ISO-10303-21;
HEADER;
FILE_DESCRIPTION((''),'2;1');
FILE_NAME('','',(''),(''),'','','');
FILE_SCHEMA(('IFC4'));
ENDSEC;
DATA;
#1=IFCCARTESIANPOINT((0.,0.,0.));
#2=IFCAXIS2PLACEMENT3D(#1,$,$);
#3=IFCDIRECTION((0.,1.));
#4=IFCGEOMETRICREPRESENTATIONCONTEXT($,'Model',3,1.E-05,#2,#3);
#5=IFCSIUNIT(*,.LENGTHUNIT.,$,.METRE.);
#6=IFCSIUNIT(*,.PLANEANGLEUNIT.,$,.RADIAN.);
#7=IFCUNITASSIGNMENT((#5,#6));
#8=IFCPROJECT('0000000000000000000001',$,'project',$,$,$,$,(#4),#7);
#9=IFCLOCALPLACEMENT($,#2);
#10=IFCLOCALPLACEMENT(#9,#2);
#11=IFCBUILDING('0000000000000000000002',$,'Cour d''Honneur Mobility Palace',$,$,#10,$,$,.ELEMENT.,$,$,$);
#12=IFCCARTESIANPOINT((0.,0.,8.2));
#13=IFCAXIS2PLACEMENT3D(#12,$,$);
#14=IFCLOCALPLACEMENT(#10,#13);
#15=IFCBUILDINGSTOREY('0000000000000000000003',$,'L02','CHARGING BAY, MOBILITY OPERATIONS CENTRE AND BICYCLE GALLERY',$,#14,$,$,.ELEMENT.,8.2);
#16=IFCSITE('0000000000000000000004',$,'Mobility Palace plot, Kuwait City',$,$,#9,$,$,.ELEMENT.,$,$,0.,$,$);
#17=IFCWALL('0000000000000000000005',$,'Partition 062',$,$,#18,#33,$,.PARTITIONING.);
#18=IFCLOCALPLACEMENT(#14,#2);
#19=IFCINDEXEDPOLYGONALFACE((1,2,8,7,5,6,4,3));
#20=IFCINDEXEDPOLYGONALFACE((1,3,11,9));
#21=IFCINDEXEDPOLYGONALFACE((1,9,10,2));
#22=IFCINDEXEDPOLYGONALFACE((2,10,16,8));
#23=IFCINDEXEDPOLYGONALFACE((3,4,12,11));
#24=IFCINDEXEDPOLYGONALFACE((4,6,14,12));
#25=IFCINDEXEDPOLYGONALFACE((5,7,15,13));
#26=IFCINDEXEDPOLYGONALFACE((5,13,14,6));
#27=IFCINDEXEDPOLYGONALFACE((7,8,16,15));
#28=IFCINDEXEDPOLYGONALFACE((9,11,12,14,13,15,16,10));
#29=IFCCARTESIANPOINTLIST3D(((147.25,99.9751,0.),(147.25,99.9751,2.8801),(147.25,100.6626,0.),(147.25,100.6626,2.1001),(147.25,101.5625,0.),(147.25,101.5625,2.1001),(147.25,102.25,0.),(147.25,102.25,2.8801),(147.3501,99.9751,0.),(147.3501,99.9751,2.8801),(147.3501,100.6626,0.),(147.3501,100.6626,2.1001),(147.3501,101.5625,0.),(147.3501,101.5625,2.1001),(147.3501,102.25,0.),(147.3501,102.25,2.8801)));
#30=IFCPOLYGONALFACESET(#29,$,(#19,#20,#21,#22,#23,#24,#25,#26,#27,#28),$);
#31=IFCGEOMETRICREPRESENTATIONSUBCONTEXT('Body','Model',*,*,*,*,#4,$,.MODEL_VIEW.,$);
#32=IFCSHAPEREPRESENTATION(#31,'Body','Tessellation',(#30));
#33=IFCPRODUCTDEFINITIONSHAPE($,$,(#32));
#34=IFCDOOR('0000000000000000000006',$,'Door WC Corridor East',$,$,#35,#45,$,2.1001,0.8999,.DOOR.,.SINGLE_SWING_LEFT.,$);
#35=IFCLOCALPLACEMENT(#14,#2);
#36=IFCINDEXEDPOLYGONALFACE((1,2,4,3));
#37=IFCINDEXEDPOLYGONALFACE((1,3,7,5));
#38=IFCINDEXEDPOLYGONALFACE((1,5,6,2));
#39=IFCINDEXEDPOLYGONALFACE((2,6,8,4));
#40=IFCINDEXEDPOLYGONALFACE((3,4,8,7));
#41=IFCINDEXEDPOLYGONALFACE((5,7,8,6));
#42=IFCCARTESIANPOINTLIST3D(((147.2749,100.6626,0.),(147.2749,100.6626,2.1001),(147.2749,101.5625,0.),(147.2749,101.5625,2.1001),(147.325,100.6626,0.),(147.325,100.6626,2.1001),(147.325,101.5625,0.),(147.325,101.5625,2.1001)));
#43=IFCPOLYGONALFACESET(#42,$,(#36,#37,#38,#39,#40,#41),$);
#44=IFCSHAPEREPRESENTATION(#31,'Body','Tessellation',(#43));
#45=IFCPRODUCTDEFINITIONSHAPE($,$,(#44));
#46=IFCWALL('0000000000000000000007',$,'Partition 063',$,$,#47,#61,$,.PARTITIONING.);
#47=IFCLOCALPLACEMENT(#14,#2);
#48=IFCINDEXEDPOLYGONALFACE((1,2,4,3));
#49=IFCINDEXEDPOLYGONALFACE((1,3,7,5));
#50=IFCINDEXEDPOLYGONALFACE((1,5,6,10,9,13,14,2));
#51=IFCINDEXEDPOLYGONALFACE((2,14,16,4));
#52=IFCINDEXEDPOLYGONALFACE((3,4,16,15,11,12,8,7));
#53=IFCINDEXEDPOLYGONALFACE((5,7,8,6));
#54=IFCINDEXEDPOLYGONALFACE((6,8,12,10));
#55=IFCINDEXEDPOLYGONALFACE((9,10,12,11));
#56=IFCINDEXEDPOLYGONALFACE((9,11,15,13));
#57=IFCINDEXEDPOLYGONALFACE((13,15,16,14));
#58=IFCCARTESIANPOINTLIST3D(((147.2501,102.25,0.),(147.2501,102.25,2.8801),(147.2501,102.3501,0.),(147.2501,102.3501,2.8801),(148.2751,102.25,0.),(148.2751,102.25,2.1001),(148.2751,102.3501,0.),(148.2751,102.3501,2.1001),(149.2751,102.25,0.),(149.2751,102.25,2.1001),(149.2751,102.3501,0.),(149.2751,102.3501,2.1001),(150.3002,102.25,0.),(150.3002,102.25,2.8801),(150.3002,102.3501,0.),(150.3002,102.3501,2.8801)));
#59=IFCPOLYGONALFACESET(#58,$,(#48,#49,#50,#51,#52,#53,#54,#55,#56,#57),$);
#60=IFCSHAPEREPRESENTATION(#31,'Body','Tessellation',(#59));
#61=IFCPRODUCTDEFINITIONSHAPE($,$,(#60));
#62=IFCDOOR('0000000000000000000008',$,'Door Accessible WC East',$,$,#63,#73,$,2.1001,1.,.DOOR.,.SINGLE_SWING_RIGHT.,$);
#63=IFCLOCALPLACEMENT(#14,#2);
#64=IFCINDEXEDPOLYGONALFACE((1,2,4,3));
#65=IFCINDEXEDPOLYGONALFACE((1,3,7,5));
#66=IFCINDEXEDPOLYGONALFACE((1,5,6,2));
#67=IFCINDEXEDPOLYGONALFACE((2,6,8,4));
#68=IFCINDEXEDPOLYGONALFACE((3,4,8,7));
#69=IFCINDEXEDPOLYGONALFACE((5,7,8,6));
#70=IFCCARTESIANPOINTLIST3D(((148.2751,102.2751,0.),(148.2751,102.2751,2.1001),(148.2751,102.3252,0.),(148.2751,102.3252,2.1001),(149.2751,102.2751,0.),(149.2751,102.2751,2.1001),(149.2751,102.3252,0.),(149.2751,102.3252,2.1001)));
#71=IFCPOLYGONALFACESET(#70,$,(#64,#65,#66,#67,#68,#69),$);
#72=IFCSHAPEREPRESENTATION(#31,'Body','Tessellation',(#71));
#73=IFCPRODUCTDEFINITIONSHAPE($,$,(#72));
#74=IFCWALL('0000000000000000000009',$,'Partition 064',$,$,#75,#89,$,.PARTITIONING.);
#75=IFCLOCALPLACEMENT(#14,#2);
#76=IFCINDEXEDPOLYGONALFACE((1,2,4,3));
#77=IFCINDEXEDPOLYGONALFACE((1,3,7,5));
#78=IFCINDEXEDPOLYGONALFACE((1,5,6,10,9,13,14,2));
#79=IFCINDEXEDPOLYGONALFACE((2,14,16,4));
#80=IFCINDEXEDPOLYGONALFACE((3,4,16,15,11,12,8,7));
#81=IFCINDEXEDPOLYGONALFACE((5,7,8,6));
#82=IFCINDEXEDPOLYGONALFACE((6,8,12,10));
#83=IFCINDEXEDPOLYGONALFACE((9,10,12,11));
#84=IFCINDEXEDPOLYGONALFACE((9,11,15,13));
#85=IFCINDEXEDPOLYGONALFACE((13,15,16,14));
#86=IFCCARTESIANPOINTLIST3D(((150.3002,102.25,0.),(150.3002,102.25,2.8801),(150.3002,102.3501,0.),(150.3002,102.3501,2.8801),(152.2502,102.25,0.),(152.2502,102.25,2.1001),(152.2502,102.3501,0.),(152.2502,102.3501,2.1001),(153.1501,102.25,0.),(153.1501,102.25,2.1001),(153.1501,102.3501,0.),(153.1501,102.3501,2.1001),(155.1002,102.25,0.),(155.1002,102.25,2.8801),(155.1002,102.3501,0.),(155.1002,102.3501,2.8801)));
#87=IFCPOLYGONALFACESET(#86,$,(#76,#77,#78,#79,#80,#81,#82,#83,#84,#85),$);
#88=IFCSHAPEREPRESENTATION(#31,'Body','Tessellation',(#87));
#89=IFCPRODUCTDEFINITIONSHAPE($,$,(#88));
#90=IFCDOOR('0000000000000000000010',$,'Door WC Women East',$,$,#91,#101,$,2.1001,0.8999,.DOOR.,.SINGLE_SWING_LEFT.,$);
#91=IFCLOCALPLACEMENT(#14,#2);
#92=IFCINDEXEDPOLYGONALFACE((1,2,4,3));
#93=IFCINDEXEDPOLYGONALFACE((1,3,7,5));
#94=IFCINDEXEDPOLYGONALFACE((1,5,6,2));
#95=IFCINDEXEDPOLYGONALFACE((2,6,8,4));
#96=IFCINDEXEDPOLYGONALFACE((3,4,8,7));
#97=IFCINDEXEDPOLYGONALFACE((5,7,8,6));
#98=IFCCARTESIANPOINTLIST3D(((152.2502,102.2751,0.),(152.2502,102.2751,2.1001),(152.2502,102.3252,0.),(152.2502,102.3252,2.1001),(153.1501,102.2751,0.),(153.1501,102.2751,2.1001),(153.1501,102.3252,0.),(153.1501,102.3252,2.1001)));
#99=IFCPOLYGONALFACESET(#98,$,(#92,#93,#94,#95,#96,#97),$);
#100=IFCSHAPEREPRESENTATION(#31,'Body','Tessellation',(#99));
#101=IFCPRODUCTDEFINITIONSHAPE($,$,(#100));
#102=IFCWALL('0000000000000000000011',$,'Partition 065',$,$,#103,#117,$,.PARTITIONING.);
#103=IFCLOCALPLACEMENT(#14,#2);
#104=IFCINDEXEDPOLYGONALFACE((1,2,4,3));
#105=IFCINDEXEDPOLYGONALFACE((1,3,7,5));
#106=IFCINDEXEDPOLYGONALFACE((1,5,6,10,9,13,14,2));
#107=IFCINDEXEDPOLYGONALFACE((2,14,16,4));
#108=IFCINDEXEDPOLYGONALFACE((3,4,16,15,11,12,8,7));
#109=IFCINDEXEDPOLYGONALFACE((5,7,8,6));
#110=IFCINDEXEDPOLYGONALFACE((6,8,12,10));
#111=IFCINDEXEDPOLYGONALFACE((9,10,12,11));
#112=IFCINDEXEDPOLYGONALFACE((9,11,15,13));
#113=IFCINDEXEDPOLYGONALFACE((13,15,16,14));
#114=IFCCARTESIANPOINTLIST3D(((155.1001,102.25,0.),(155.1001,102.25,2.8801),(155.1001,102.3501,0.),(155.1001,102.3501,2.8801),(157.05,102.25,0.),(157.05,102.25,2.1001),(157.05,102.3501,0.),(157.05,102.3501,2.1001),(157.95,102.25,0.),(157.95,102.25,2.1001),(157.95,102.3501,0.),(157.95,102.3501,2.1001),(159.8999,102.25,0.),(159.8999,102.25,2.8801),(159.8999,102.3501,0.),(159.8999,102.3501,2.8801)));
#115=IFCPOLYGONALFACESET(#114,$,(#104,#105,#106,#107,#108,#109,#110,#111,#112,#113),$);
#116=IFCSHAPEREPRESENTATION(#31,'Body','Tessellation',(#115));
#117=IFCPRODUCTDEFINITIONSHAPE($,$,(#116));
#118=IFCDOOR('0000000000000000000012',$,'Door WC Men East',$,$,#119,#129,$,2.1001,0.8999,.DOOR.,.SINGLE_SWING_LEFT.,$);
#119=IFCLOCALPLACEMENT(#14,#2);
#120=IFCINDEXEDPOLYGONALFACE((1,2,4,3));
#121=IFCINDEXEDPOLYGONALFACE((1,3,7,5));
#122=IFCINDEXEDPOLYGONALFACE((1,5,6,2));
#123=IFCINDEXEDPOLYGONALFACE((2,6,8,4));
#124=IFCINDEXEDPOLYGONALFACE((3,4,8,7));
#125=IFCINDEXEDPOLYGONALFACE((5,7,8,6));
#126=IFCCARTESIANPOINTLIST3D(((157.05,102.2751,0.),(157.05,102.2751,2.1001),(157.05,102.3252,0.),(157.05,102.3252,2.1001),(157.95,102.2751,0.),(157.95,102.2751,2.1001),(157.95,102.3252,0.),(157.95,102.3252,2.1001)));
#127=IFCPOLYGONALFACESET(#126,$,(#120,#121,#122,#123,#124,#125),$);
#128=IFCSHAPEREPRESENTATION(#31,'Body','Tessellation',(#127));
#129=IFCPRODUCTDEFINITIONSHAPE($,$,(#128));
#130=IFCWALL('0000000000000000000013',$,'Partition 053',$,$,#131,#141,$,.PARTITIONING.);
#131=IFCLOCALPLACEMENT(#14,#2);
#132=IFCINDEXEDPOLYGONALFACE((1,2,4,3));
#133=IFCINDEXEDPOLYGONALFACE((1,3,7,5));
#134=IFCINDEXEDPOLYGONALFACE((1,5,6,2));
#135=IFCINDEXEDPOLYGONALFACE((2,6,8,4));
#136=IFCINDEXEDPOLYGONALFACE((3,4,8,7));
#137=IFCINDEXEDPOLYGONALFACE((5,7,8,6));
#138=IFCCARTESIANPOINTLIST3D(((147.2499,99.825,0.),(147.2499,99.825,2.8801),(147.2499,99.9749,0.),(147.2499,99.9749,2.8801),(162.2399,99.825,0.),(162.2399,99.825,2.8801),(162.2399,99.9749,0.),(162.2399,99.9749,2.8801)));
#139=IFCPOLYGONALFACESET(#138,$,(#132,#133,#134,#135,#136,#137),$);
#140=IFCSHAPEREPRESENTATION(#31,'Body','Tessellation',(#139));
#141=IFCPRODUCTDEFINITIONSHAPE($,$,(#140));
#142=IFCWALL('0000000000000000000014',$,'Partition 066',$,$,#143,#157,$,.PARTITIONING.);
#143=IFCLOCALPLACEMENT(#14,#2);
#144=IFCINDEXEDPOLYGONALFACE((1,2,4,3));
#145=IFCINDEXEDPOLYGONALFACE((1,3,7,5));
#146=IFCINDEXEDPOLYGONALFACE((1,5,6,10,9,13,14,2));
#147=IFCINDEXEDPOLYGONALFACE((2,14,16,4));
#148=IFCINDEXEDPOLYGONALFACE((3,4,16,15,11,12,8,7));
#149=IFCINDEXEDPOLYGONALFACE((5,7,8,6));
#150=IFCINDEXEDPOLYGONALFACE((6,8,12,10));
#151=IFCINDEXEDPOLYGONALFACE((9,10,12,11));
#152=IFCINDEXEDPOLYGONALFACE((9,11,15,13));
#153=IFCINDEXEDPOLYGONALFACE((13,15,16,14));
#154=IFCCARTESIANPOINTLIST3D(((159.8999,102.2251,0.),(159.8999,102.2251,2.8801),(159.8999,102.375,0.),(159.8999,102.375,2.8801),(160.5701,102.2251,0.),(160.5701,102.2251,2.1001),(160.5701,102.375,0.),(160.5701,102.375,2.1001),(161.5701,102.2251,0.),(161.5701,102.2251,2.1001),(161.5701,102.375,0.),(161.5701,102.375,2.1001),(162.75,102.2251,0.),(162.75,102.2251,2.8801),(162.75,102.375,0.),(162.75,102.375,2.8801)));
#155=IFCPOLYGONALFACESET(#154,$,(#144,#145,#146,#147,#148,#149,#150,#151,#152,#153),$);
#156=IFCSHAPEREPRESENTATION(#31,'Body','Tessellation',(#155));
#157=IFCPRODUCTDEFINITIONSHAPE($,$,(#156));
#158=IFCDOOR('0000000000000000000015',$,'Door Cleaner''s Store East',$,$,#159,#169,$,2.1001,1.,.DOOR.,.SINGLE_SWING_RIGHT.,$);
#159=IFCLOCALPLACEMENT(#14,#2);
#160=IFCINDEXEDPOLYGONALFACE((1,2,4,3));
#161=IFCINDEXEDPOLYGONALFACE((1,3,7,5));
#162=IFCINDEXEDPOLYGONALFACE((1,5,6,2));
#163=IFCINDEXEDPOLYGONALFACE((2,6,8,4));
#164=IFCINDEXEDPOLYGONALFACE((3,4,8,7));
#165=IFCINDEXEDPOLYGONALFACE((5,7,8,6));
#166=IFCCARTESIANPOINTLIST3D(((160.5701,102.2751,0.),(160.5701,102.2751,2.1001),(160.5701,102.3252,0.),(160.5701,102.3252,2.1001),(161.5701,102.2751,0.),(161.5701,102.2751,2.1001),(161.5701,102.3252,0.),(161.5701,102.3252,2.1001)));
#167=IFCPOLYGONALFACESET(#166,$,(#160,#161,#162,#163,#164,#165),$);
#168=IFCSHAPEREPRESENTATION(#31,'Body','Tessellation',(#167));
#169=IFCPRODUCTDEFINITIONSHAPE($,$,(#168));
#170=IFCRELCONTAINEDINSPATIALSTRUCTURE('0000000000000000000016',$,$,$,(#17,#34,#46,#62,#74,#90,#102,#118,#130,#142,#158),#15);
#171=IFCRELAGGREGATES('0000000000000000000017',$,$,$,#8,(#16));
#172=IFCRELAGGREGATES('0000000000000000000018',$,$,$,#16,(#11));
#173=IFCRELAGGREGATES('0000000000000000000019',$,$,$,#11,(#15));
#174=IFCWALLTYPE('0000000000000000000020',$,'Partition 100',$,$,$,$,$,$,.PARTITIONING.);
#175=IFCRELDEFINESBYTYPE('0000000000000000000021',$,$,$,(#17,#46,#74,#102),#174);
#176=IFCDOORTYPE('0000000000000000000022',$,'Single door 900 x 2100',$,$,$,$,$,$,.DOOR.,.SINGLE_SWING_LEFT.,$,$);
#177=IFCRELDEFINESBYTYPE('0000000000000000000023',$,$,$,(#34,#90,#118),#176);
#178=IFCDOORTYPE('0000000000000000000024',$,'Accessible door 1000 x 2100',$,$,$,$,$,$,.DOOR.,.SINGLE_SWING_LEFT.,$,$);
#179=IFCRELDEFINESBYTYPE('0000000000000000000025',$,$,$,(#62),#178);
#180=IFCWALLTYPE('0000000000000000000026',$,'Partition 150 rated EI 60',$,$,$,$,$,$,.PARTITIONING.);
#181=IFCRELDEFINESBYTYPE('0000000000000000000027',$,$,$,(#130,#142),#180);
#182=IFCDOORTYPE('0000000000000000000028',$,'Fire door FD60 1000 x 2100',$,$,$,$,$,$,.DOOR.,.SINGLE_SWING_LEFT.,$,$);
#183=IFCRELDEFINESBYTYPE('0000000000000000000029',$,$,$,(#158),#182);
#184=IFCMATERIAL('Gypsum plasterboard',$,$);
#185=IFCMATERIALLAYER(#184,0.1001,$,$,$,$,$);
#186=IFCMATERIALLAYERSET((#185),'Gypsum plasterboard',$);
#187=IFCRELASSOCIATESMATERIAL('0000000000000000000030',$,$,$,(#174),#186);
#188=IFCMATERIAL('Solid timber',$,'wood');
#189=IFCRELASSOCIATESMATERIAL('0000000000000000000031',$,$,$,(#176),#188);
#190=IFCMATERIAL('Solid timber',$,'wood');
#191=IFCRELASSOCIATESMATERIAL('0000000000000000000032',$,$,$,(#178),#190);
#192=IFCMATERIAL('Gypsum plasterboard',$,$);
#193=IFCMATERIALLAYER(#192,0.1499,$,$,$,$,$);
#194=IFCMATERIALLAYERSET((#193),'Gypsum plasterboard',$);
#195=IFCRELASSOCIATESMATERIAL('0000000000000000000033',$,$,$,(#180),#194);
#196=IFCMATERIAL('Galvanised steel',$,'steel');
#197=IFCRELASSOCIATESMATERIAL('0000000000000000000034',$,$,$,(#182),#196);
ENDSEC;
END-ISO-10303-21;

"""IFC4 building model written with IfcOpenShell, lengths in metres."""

from ifc_helpers import new_model, si_unit, direction, frame, frame_2d, origin, place, context, subcontext, project, spatial, rectangle, extrude, material, layer, layer_set, type_object, element, fill, save


model = new_model("IFC4")

# Units and contexts
model_context = context("Model", 3, precision=1e-05, world=origin(), true_north=direction((0.0, 1.0)))
body_context = subcontext(model_context, "Body", "Model", "MODEL_VIEW")
ifc_project = project(units=[si_unit("LENGTHUNIT", "METRE"), si_unit("PLANEANGLEUNIT", "RADIAN")], contexts=[model_context])

# Site, building, storey
site_placement = place(None, origin())
site = spatial("IfcSite", under=ifc_project, at=site_placement, Name="Mobility Palace plot, Kuwait City", CompositionType="ELEMENT", RefElevation=0.0)
building_placement = place(site_placement, origin())
building = spatial("IfcBuilding", under=site, at=building_placement, Name="Cour d'Honneur Mobility Palace", CompositionType="ELEMENT")
storey_placement = place(building_placement, frame((0.0, 0.0, 8.2)))
storey = spatial("IfcBuildingStorey", under=building, at=storey_placement, Name="L02", Description="CHARGING BAY, MOBILITY OPERATIONS CENTRE AND BICYCLE GALLERY", CompositionType="ELEMENT", Elevation=8.2)

# Walls, openings, doors
ifc_material_1 = material(Name="Gypsum plasterboard")
ifc_layer_1 = layer(ifc_material_1, 0.1001)
ifc_layer_set_1 = layer_set([ifc_layer_1], Name="Gypsum plasterboard")
wall_type_1 = type_object("IfcWallType", Name="Partition 100", PredefinedType="PARTITIONING", material=ifc_layer_set_1)
ifc_material_2 = material(Name="Solid timber", Category="wood")
door_type_1 = type_object("IfcDoorType", Name="Single door 900 x 2100", OperationType="SINGLE_SWING_LEFT", PredefinedType="DOOR", material=ifc_material_2)
wall_1_placement = place(storey_placement, frame((147.3, 102.25, 0.0), z_axis=(0.0, 0.0, 1.0), x_axis=(0.0, -1.0, 0.0)))
wall_1 = element("IfcWall", 1, at=wall_1_placement, inside=storey, type_object=wall_type_1, Name="Partition 062", PredefinedType="PARTITIONING", context=body_context, shape_type="SweptSolid", body=[
    extrude(rectangle(XDim=2.2749, YDim=0.1001, at=frame_2d((1.1375, 0.0))), origin(), (0.0, 0.0, 1.0), 2.8801),
])
opening_1_placement = place(wall_1_placement, frame((0.6875, 0.0, 0.0)))
opening_1 = element("IfcOpeningElement", 2, at=opening_1_placement, cuts=wall_1, PredefinedType="OPENING", context=body_context, shape_type="SweptSolid", body=[
    extrude(rectangle(XDim=0.8999, YDim=2.1001, at=frame_2d((0.45, 1.05))), frame((0.0, 0.0601, 0.0), z_axis=(0.0, -1.0, 0.0), x_axis=(1.0, 0.0, 0.0)), (0.0, 0.0, 1.0), 0.1201),
])
door_1_placement = place(opening_1_placement, origin())
door_1 = element("IfcDoor", 3, at=door_1_placement, inside=storey, type_object=door_type_1, Name="Door WC Corridor East", OperationType="SINGLE_SWING_LEFT", OverallHeight=2.1001, OverallWidth=0.8999, PredefinedType="DOOR", context=body_context, shape_type="SweptSolid", body=[
    extrude(rectangle(XDim=0.8999, YDim=2.1001, at=frame_2d((0.45, 1.05))), frame((0.0, 0.0249, 0.0), z_axis=(0.0, -1.0, 0.0), x_axis=(1.0, 0.0, 0.0)), (0.0, 0.0, 1.0), 0.05),
])
fill(opening_1, door_1)
wall_2_placement = place(storey_placement, frame((150.3, 102.3, 0.0), z_axis=(0.0, 0.0, 1.0), x_axis=(-1.0, 0.0, 0.0)))
wall_2 = element("IfcWall", 4, at=wall_2_placement, inside=storey, type_object=wall_type_1, Name="Partition 063", PredefinedType="PARTITIONING", context=body_context, shape_type="SweptSolid", body=[
    extrude(rectangle(XDim=3.05, YDim=0.1001, at=frame_2d((1.5249, 0.0))), origin(), (0.0, 0.0, 1.0), 2.8801),
])
opening_2_placement = place(wall_2_placement, frame((1.0249, 0.0, 0.0)))
opening_2 = element("IfcOpeningElement", 5, at=opening_2_placement, cuts=wall_2, PredefinedType="OPENING", context=body_context, shape_type="SweptSolid", body=[
    extrude(rectangle(XDim=1.0, YDim=2.1001, at=frame_2d((0.5, 1.05))), frame((0.0, 0.0601, 0.0), z_axis=(0.0, -1.0, 0.0), x_axis=(1.0, 0.0, 0.0)), (0.0, 0.0, 1.0), 0.1201),
])
ifc_material_3 = material(Name="Solid timber", Category="wood")
door_type_2 = type_object("IfcDoorType", Name="Accessible door 1000 x 2100", OperationType="SINGLE_SWING_LEFT", PredefinedType="DOOR", material=ifc_material_3)
door_2_placement = place(opening_2_placement, origin())
door_2 = element("IfcDoor", 6, at=door_2_placement, inside=storey, type_object=door_type_2, Name="Door Accessible WC East", OperationType="SINGLE_SWING_RIGHT", OverallHeight=2.1001, OverallWidth=1.0, PredefinedType="DOOR", context=body_context, shape_type="SweptSolid", body=[
    extrude(rectangle(XDim=1.0, YDim=2.1001, at=frame_2d((0.5, 1.05))), frame((0.0, 0.0249, 0.0), z_axis=(0.0, -1.0, 0.0), x_axis=(1.0, 0.0, 0.0)), (0.0, 0.0, 1.0), 0.05),
])
fill(opening_2, door_2)
wall_3_placement = place(storey_placement, frame((155.1001, 102.3, 0.0), z_axis=(0.0, 0.0, 1.0), x_axis=(-1.0, 0.0, 0.0)))
wall_3 = element("IfcWall", 7, at=wall_3_placement, inside=storey, type_object=wall_type_1, Name="Partition 064", PredefinedType="PARTITIONING", context=body_context, shape_type="SweptSolid", body=[
    extrude(rectangle(XDim=4.8, YDim=0.1001, at=frame_2d((2.3999, 0.0))), origin(), (0.0, 0.0, 1.0), 2.8801),
])
opening_3_placement = place(wall_3_placement, frame((1.95, 0.0, 0.0)))
opening_3 = element("IfcOpeningElement", 8, at=opening_3_placement, cuts=wall_3, PredefinedType="OPENING", context=body_context, shape_type="SweptSolid", body=[
    extrude(rectangle(XDim=0.8999, YDim=2.1001, at=frame_2d((0.45, 1.05))), frame((0.0, 0.0601, 0.0), z_axis=(0.0, -1.0, 0.0), x_axis=(1.0, 0.0, 0.0)), (0.0, 0.0, 1.0), 0.1201),
])
door_3_placement = place(opening_3_placement, origin())
door_3 = element("IfcDoor", 9, at=door_3_placement, inside=storey, type_object=door_type_1, Name="Door WC Women East", OperationType="SINGLE_SWING_LEFT", OverallHeight=2.1001, OverallWidth=0.8999, PredefinedType="DOOR", context=body_context, shape_type="SweptSolid", body=[
    extrude(rectangle(XDim=0.8999, YDim=2.1001, at=frame_2d((0.45, 1.05))), frame((0.0, 0.0249, 0.0), z_axis=(0.0, -1.0, 0.0), x_axis=(1.0, 0.0, 0.0)), (0.0, 0.0, 1.0), 0.05),
])
fill(opening_3, door_3)
wall_4_placement = place(storey_placement, frame((159.8999, 102.3, 0.0), z_axis=(0.0, 0.0, 1.0), x_axis=(-1.0, 0.0, 0.0)))
wall_4 = element("IfcWall", 10, at=wall_4_placement, inside=storey, type_object=wall_type_1, Name="Partition 065", PredefinedType="PARTITIONING", context=body_context, shape_type="SweptSolid", body=[
    extrude(rectangle(XDim=4.7998, YDim=0.1001, at=frame_2d((2.3999, 0.0))), origin(), (0.0, 0.0, 1.0), 2.8801),
])
opening_4_placement = place(wall_4_placement, frame((1.95, 0.0, 0.0)))
opening_4 = element("IfcOpeningElement", 11, at=opening_4_placement, cuts=wall_4, PredefinedType="OPENING", context=body_context, shape_type="SweptSolid", body=[
    extrude(rectangle(XDim=0.8999, YDim=2.1001, at=frame_2d((0.45, 1.05))), frame((0.0, 0.0601, 0.0), z_axis=(0.0, -1.0, 0.0), x_axis=(1.0, 0.0, 0.0)), (0.0, 0.0, 1.0), 0.1201),
])
door_4_placement = place(opening_4_placement, origin())
door_4 = element("IfcDoor", 12, at=door_4_placement, inside=storey, type_object=door_type_1, Name="Door WC Men East", OperationType="SINGLE_SWING_LEFT", OverallHeight=2.1001, OverallWidth=0.8999, PredefinedType="DOOR", context=body_context, shape_type="SweptSolid", body=[
    extrude(rectangle(XDim=0.8999, YDim=2.1001, at=frame_2d((0.45, 1.05))), frame((0.0, 0.0249, 0.0), z_axis=(0.0, -1.0, 0.0), x_axis=(1.0, 0.0, 0.0)), (0.0, 0.0, 1.0), 0.05),
])
fill(opening_4, door_4)

# Wall
ifc_material_4 = material(Name="Gypsum plasterboard")
ifc_layer_2 = layer(ifc_material_4, 0.1499)
ifc_layer_set_2 = layer_set([ifc_layer_2], Name="Gypsum plasterboard")
wall_type_2 = type_object("IfcWallType", Name="Partition 150 rated EI 60", PredefinedType="PARTITIONING", material=ifc_layer_set_2)
wall_5_placement = place(storey_placement, frame((162.24, 99.8999, 0.0), z_axis=(0.0, 0.0, 1.0), x_axis=(-1.0, 0.0, 0.0)))
element("IfcWall", 13, at=wall_5_placement, inside=storey, type_object=wall_type_2, Name="Partition 053", PredefinedType="PARTITIONING", context=body_context, shape_type="SweptSolid", body=[
    extrude(rectangle(XDim=14.99, YDim=0.1499, at=frame_2d((7.4951, 0.0))), origin(), (0.0, 0.0, 1.0), 2.8801),
])

# Wall, opening, door
wall_6_placement = place(storey_placement, frame((162.75, 102.3, 0.0), z_axis=(0.0, 0.0, 1.0), x_axis=(-1.0, 0.0, 0.0)))
wall_6 = element("IfcWall", 14, at=wall_6_placement, inside=storey, type_object=wall_type_2, Name="Partition 066", PredefinedType="PARTITIONING", context=body_context, shape_type="SweptSolid", body=[
    extrude(rectangle(XDim=2.8501, YDim=0.1499, at=frame_2d((1.425, 0.0))), origin(), (0.0, 0.0, 1.0), 2.8801),
])
opening_5_placement = place(wall_6_placement, frame((1.1799, 0.0, 0.0)))
opening_5 = element("IfcOpeningElement", 15, at=opening_5_placement, cuts=wall_6, PredefinedType="OPENING", context=body_context, shape_type="SweptSolid", body=[
    extrude(rectangle(XDim=1.0, YDim=2.1001, at=frame_2d((0.5, 1.05))), frame((0.0, 0.085, 0.0), z_axis=(0.0, -1.0, 0.0), x_axis=(1.0, 0.0, 0.0)), (0.0, 0.0, 1.0), 0.1699),
])
ifc_material_5 = material(Name="Galvanised steel", Category="steel")
door_type_3 = type_object("IfcDoorType", Name="Fire door FD60 1000 x 2100", OperationType="SINGLE_SWING_LEFT", PredefinedType="DOOR", material=ifc_material_5)
door_5_placement = place(opening_5_placement, origin())
door_5 = element("IfcDoor", 16, at=door_5_placement, inside=storey, type_object=door_type_3, Name="Door Cleaner's Store East", OperationType="SINGLE_SWING_RIGHT", OverallHeight=2.1001, OverallWidth=1.0, PredefinedType="DOOR", context=body_context, shape_type="SweptSolid", body=[
    extrude(rectangle(XDim=1.0, YDim=2.1001, at=frame_2d((0.5, 1.05))), frame((0.0, 0.0249, 0.0), z_axis=(0.0, -1.0, 0.0), x_axis=(1.0, 0.0, 0.0)), (0.0, 0.0, 1.0), 0.05),
])
fill(opening_5, door_5)

save(model, "model.ifc")
